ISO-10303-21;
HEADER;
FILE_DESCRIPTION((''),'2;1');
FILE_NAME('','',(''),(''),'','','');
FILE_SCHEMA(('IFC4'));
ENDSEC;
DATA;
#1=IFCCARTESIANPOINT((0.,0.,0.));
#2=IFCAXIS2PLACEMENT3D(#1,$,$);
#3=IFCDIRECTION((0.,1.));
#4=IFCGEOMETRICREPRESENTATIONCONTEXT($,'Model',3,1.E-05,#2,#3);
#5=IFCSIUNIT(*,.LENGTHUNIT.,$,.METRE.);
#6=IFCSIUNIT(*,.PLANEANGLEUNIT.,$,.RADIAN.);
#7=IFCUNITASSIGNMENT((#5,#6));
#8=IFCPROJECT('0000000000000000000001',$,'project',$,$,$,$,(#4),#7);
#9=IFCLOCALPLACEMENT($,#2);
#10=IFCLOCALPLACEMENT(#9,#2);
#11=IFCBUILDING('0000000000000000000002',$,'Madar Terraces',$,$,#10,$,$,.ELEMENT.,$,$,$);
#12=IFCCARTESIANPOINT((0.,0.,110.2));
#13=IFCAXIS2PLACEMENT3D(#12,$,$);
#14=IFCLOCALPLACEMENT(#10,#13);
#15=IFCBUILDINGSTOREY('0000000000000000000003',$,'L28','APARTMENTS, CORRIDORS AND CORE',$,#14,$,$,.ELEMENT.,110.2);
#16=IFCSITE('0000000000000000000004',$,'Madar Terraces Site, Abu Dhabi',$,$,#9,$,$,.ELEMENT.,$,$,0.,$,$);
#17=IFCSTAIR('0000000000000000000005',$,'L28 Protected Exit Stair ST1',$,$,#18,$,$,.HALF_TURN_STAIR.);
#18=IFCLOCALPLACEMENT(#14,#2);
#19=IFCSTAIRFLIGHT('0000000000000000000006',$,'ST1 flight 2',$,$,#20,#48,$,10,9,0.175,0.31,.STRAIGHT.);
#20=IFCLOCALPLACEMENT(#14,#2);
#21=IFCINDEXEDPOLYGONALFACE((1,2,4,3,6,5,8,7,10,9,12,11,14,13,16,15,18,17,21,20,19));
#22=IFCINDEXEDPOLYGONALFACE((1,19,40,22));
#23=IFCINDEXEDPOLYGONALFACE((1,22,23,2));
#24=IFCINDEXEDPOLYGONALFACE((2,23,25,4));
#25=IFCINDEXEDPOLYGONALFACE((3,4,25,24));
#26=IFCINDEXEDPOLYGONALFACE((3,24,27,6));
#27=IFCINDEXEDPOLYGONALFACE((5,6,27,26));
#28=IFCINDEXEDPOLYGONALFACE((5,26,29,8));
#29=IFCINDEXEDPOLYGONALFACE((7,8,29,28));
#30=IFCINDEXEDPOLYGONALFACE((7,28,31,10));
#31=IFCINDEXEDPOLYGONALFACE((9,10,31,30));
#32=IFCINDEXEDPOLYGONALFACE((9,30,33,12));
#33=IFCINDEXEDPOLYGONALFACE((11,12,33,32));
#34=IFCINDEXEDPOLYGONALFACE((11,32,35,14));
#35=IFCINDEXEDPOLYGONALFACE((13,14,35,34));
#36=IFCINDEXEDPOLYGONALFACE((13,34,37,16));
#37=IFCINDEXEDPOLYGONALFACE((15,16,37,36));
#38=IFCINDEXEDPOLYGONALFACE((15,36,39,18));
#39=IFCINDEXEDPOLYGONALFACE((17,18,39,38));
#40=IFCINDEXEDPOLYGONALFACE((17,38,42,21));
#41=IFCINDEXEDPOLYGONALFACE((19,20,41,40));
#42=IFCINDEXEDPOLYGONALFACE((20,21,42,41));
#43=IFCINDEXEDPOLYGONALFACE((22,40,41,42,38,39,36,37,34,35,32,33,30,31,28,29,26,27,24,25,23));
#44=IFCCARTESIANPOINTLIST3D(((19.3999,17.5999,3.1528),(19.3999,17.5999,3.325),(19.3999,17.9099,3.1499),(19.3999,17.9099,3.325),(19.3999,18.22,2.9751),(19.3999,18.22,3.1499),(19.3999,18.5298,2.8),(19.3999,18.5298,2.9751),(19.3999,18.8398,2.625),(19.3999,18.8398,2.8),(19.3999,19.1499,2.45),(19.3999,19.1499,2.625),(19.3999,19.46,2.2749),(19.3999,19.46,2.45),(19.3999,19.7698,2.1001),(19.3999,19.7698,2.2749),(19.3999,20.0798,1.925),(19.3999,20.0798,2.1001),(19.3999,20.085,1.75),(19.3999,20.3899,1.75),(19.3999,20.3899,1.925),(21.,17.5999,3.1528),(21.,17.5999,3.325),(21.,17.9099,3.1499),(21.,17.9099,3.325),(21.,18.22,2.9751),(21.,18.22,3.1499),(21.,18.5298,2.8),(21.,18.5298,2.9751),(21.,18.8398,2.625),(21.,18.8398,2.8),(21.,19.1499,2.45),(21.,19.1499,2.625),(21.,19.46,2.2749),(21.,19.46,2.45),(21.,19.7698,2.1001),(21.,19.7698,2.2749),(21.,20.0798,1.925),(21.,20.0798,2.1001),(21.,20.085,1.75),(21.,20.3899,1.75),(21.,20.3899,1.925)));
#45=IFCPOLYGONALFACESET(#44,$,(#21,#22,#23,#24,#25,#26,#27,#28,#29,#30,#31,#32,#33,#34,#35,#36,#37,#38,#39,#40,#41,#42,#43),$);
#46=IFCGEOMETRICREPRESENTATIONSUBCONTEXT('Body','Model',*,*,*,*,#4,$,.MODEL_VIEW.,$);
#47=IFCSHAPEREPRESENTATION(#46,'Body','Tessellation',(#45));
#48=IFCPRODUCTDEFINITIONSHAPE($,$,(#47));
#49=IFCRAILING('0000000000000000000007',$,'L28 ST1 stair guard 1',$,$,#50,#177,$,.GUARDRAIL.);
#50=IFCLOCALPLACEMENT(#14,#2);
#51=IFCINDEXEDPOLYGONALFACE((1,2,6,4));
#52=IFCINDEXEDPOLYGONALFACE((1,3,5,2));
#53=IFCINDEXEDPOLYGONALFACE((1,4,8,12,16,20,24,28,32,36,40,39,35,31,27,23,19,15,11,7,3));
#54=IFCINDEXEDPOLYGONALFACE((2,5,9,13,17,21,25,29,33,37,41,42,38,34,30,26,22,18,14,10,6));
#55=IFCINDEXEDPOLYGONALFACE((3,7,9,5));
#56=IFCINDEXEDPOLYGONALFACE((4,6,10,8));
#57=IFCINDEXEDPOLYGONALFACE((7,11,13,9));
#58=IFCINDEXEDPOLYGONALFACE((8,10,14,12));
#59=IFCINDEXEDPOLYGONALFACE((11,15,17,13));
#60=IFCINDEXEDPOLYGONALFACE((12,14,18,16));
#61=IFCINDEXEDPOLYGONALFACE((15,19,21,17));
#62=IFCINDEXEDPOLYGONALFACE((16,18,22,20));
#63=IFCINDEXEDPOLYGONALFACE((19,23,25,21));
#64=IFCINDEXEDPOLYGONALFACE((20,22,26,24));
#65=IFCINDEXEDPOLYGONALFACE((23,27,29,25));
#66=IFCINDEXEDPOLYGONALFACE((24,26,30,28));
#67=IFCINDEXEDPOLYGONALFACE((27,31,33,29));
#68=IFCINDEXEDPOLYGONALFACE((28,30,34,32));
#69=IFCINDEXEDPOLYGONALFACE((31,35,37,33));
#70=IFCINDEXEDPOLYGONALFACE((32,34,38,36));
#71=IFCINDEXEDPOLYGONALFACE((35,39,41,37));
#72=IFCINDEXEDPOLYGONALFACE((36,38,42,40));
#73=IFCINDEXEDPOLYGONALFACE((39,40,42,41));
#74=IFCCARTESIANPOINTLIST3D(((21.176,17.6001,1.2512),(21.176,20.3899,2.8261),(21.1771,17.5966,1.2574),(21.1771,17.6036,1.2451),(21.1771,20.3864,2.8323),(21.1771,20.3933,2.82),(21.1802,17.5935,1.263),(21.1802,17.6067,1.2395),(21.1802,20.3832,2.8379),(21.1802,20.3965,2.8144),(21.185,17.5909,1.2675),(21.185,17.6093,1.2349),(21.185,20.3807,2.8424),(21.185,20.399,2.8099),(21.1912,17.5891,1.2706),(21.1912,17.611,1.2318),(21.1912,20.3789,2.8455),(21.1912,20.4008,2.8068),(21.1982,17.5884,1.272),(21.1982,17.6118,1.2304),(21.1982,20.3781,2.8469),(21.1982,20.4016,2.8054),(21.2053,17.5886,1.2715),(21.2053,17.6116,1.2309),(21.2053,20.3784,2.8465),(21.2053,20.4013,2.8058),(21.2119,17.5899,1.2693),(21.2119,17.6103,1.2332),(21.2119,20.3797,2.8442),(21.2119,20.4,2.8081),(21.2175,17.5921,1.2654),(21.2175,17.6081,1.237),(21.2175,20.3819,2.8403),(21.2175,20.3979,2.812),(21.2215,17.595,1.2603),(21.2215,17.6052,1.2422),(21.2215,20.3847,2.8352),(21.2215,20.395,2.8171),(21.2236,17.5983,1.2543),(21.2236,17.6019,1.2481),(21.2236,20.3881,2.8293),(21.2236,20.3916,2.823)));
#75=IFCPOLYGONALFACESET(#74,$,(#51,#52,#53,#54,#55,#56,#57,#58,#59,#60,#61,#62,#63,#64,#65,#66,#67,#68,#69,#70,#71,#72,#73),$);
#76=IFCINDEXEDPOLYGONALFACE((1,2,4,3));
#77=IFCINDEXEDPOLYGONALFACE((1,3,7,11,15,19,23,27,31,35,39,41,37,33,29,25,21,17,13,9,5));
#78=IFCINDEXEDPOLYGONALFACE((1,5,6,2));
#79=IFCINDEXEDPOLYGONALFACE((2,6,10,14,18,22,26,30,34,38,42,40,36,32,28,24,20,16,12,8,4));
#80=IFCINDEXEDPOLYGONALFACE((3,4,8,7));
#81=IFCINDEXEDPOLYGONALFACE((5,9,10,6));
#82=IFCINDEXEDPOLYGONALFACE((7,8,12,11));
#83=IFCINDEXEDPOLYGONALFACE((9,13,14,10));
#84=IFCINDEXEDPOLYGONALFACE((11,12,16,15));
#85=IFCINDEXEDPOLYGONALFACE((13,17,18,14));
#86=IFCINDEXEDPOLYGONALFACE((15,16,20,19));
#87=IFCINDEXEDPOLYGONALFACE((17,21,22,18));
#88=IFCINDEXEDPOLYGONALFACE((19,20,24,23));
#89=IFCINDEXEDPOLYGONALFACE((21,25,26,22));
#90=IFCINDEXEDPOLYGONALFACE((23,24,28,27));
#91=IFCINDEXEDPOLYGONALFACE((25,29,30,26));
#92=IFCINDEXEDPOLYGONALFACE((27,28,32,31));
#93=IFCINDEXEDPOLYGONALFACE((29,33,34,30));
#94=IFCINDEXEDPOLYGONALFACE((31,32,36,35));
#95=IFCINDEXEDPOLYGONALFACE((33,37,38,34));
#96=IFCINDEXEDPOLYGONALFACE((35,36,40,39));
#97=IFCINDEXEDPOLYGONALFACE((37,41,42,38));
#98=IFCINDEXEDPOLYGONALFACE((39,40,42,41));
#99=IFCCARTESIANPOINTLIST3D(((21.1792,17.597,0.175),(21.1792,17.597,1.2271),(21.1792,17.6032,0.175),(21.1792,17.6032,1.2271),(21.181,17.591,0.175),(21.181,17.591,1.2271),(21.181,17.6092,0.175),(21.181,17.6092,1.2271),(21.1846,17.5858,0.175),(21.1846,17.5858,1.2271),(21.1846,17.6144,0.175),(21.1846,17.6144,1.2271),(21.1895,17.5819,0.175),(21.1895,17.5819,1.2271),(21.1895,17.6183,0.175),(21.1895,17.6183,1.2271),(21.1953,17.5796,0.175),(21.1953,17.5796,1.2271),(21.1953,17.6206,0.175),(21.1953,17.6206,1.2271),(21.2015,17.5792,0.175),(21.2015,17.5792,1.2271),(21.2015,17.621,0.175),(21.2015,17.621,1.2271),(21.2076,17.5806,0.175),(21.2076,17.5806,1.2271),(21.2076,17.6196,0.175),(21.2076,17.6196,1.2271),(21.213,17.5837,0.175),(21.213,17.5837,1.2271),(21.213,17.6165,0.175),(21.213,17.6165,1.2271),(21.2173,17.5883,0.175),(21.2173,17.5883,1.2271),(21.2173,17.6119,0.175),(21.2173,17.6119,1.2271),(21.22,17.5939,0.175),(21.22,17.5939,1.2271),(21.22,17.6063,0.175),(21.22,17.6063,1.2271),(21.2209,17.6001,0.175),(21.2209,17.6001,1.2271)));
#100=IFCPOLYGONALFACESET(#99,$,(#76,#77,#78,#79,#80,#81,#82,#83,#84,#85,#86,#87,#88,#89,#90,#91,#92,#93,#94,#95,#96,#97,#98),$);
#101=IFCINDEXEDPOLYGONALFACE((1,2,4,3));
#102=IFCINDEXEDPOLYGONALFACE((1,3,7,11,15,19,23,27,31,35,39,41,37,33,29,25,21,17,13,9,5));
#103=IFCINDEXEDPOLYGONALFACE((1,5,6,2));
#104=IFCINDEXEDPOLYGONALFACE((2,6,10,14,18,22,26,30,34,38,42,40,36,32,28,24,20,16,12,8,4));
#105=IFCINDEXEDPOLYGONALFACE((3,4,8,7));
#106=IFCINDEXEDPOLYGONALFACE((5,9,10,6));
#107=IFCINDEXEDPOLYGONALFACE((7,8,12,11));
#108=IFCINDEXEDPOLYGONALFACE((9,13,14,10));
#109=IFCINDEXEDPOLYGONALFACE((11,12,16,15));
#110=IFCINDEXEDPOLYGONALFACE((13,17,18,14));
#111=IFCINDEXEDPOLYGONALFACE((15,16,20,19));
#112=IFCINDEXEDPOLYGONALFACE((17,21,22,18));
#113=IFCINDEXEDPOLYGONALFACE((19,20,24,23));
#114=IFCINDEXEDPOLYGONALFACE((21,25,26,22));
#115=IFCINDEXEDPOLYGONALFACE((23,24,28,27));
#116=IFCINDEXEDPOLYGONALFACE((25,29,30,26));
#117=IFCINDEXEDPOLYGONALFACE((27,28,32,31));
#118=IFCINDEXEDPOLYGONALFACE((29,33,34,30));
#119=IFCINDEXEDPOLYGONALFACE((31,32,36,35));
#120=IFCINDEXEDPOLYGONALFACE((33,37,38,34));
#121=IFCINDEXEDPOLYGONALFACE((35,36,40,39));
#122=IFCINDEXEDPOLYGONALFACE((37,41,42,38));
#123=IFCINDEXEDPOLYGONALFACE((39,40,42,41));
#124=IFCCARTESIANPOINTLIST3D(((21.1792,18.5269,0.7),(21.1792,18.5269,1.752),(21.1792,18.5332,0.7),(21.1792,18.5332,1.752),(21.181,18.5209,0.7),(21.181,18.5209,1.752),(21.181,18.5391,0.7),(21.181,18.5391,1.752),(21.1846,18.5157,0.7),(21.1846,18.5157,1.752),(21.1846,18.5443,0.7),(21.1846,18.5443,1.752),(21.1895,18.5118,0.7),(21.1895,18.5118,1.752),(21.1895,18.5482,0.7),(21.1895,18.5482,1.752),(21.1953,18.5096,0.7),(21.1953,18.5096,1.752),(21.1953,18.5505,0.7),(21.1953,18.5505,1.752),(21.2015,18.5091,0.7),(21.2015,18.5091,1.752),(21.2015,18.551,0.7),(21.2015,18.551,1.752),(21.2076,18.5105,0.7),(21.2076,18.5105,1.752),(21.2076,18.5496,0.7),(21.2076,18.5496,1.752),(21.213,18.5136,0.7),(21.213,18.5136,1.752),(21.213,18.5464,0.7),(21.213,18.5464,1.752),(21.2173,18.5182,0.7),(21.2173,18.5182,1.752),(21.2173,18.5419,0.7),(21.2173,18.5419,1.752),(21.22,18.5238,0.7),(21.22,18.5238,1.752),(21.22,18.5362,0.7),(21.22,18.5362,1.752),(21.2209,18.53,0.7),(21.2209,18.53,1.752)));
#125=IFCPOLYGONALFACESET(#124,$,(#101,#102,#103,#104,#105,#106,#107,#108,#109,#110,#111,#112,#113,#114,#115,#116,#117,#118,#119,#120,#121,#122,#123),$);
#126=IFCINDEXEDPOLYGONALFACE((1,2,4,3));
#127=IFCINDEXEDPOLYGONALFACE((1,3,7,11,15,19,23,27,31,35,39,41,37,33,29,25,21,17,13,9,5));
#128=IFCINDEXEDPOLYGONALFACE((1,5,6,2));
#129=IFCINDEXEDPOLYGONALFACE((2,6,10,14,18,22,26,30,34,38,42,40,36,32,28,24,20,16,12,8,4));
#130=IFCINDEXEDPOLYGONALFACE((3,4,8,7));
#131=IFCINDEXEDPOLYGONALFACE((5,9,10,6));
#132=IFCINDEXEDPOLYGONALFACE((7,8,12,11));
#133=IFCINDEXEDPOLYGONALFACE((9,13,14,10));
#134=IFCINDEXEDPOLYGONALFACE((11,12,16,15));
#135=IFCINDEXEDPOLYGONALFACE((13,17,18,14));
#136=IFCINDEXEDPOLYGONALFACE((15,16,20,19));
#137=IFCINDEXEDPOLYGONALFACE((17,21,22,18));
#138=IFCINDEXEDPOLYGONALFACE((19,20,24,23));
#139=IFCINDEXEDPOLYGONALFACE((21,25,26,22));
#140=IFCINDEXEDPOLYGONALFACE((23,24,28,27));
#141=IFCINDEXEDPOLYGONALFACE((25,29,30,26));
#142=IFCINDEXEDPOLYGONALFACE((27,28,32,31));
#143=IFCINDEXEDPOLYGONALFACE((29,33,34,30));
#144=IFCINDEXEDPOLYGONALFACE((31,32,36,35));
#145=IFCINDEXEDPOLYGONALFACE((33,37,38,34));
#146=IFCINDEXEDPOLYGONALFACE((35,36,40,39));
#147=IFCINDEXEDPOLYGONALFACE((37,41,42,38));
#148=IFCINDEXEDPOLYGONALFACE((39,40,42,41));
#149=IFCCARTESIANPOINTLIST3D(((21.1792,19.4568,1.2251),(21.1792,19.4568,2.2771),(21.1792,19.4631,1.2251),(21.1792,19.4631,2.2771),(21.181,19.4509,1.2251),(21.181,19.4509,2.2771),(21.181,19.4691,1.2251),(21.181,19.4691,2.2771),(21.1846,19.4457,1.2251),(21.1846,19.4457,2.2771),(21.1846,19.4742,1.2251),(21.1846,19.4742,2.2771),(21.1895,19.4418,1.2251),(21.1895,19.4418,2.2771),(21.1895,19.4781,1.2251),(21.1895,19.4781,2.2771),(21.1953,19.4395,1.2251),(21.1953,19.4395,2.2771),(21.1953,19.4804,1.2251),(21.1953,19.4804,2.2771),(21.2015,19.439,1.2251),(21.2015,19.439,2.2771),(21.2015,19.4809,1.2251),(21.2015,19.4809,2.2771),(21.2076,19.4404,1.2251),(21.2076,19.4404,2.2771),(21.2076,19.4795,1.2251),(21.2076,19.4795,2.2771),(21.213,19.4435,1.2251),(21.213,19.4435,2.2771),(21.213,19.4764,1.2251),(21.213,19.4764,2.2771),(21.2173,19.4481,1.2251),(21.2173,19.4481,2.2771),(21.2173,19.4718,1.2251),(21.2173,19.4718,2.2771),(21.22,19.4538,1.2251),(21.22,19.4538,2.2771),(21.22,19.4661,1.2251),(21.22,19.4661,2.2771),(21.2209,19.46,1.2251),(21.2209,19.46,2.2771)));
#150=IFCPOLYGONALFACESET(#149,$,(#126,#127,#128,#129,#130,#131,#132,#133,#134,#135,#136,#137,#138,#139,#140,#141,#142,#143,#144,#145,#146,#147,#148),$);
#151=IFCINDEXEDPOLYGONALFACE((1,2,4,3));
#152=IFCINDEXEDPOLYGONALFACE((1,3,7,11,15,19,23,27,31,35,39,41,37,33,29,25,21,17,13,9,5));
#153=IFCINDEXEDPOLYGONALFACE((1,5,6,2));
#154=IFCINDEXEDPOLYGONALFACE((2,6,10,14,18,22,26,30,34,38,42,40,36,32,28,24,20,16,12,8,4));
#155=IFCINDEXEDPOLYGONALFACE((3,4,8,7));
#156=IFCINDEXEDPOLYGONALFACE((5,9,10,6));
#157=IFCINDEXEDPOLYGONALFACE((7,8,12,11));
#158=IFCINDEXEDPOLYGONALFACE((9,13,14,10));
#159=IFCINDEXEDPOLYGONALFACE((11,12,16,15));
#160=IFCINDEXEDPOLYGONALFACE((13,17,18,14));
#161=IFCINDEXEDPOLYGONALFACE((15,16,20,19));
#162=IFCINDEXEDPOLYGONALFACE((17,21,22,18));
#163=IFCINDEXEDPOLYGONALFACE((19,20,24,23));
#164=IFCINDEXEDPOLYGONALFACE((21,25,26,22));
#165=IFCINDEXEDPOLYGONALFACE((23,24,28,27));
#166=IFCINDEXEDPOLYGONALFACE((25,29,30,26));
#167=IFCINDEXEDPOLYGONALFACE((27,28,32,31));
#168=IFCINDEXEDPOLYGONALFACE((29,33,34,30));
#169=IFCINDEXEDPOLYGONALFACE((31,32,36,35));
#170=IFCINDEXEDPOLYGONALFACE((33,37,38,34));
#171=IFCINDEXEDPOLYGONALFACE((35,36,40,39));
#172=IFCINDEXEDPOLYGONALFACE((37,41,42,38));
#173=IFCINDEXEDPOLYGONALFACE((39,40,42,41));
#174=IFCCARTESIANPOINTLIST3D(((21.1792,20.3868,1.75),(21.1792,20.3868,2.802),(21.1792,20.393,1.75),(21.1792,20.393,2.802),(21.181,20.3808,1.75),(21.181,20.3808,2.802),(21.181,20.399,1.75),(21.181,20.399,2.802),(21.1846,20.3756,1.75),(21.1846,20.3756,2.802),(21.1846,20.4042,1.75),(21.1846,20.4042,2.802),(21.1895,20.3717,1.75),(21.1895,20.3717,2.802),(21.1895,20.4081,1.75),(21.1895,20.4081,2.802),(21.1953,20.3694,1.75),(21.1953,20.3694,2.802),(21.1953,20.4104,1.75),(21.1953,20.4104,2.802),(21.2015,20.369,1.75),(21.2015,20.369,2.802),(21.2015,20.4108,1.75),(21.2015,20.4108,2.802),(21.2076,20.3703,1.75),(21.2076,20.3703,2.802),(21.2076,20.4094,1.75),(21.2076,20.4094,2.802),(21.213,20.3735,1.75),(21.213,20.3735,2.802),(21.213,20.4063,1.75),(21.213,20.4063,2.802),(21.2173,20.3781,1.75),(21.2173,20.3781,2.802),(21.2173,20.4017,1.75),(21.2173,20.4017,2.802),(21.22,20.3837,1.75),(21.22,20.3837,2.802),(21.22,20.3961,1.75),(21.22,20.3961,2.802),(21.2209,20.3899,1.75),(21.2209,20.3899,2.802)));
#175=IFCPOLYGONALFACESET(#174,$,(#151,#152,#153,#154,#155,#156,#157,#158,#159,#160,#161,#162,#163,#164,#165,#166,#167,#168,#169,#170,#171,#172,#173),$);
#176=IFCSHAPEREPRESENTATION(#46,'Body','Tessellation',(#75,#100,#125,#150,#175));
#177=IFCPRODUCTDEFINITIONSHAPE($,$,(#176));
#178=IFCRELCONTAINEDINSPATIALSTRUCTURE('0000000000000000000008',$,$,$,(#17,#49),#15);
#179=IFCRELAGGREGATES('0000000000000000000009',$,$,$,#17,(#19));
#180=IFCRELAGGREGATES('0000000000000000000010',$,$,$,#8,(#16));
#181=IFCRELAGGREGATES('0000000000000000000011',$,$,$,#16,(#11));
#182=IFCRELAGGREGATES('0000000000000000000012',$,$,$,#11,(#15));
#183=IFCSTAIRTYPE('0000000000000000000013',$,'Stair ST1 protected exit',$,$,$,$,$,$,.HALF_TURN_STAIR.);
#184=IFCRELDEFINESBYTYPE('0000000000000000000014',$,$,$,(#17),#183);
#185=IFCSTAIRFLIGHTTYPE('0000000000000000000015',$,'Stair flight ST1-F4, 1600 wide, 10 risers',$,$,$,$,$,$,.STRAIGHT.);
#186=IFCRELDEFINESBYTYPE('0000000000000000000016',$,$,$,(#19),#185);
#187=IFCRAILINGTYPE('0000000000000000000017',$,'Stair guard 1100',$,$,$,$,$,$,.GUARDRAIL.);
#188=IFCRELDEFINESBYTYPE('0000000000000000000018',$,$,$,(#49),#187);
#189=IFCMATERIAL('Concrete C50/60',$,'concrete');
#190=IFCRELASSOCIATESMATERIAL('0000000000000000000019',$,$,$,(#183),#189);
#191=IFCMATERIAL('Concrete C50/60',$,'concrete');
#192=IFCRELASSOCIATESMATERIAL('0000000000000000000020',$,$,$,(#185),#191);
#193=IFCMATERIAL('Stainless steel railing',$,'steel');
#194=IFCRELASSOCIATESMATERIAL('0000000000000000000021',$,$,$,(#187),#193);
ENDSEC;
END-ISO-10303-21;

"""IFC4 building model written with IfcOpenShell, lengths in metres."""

from ifc_helpers import new_model, si_unit, direction, frame, origin, origin_2d, place, context, subcontext, project, spatial, polyline, circle, outline, extrude, material, type_object, element, aggregate, save


model = new_model("IFC4")

# Units and contexts
model_context = context("Model", 3, precision=1e-05, world=origin(), true_north=direction((0.0, 1.0)))
body_context = subcontext(model_context, "Body", "Model", "MODEL_VIEW")
ifc_project = project(units=[si_unit("LENGTHUNIT", "METRE"), si_unit("PLANEANGLEUNIT", "RADIAN")], contexts=[model_context])

# Site, building, storey
site_placement = place(None, origin())
site = spatial("IfcSite", under=ifc_project, at=site_placement, Name="Madar Terraces Site, Abu Dhabi", CompositionType="ELEMENT", RefElevation=0.0)
building_placement = place(site_placement, origin())
building = spatial("IfcBuilding", under=site, at=building_placement, Name="Madar Terraces", CompositionType="ELEMENT")
storey_placement = place(building_placement, frame((0.0, 0.0, 110.2)))
storey = spatial("IfcBuildingStorey", under=building, at=storey_placement, Name="L28", Description="APARTMENTS, CORRIDORS AND CORE", CompositionType="ELEMENT", Elevation=110.2)

# Stair, stair flight
ifc_material_1 = material(Name="Concrete C50/60", Category="concrete")
stair_type = type_object("IfcStairType", Name="Stair ST1 protected exit", PredefinedType="HALF_TURN_STAIR", material=ifc_material_1)
stair_placement = place(storey_placement, origin())
stair = element("IfcStair", 1, at=stair_placement, inside=storey, type_object=stair_type, Name="L28 Protected Exit Stair ST1", PredefinedType="HALF_TURN_STAIR")
ifc_material_2 = material(Name="Concrete C50/60", Category="concrete")
stair_flight_type = type_object("IfcStairFlightType", Name="Stair flight ST1-F4, 1600 wide, 10 risers", PredefinedType="STRAIGHT", material=ifc_material_2)
stair_flight_1_placement = place(storey_placement, frame((20.2, 20.3899, 1.75), z_axis=(0.0, 0.0, 1.0), x_axis=(0.0, -1.0, 0.0)))
stair_flight_1 = element("IfcStairFlight", 2, at=stair_flight_1_placement, type_object=stair_flight_type, Name="ST1 flight 2", NumberOfRisers=10, NumberOfTreads=9, PredefinedType="STRAIGHT", RiserHeight=0.175, TreadLength=0.31, context=body_context, shape_type="SweptSolid", body=[
    extrude(outline(polyline([(0.0, 0.0), (0.0, 0.175), (0.3101, 0.175), (0.3101, 0.3501), (0.6201, 0.3501), (0.6201, 0.5249), (0.9299, 0.5249), (0.9299, 0.7), (1.24, 0.7), (1.24, 0.875), (1.55, 0.875), (1.55, 1.05), (1.8601, 1.05), (1.8601, 1.2251), (2.1699, 1.2251), (2.1699, 1.3999), (2.48, 1.3999), (2.48, 1.575), (2.79, 1.575), (2.79, 1.75), (2.79, 1.4028), (0.3049, 0.0), (0.0, 0.0)])), frame((0.0, 0.8, 0.0), z_axis=(0.0, -1.0, 0.0), x_axis=(1.0, 0.0, 0.0)), (0.0, 0.0, 1.0), 1.6001),
])
aggregate(stair, [stair_flight_1])

# Railing
ifc_material_3 = material(Name="Stainless steel railing", Category="steel")
railing_type_1 = type_object("IfcRailingType", Name="Stair guard 1100", PredefinedType="GUARDRAIL", material=ifc_material_3)
railing_1_placement = place(storey_placement, frame((21.2, 17.6001, 0.175)))
element("IfcRailing", 3, at=railing_1_placement, inside=storey, type_object=railing_type_1, Name="L28 ST1 stair guard 1", PredefinedType="GUARDRAIL", context=body_context, shape_type="SweptSolid", body=[
    extrude(circle(Radius=0.0239, at=origin_2d()), frame((0.0, 0.0, 1.0762), z_axis=(0.0, 0.870815, 0.49161), x_axis=(-1.0, 0.0, 0.0)), (0.0, 0.0, 1.0), 3.2036),
    extrude(circle(Radius=0.021, at=origin_2d()), origin(), (0.0, 0.0, 1.0), 1.052),
    extrude(circle(Radius=0.021, at=origin_2d()), frame((0.0, 0.9299, 0.5249)), (0.0, 0.0, 1.0), 1.052),
    extrude(circle(Radius=0.021, at=origin_2d()), frame((0.0, 1.8599, 1.05)), (0.0, 0.0, 1.0), 1.052),
    extrude(circle(Radius=0.021, at=origin_2d()), frame((0.0, 2.7898, 1.575)), (0.0, 0.0, 1.0), 1.052),
])

save(model, "model.ifc")
